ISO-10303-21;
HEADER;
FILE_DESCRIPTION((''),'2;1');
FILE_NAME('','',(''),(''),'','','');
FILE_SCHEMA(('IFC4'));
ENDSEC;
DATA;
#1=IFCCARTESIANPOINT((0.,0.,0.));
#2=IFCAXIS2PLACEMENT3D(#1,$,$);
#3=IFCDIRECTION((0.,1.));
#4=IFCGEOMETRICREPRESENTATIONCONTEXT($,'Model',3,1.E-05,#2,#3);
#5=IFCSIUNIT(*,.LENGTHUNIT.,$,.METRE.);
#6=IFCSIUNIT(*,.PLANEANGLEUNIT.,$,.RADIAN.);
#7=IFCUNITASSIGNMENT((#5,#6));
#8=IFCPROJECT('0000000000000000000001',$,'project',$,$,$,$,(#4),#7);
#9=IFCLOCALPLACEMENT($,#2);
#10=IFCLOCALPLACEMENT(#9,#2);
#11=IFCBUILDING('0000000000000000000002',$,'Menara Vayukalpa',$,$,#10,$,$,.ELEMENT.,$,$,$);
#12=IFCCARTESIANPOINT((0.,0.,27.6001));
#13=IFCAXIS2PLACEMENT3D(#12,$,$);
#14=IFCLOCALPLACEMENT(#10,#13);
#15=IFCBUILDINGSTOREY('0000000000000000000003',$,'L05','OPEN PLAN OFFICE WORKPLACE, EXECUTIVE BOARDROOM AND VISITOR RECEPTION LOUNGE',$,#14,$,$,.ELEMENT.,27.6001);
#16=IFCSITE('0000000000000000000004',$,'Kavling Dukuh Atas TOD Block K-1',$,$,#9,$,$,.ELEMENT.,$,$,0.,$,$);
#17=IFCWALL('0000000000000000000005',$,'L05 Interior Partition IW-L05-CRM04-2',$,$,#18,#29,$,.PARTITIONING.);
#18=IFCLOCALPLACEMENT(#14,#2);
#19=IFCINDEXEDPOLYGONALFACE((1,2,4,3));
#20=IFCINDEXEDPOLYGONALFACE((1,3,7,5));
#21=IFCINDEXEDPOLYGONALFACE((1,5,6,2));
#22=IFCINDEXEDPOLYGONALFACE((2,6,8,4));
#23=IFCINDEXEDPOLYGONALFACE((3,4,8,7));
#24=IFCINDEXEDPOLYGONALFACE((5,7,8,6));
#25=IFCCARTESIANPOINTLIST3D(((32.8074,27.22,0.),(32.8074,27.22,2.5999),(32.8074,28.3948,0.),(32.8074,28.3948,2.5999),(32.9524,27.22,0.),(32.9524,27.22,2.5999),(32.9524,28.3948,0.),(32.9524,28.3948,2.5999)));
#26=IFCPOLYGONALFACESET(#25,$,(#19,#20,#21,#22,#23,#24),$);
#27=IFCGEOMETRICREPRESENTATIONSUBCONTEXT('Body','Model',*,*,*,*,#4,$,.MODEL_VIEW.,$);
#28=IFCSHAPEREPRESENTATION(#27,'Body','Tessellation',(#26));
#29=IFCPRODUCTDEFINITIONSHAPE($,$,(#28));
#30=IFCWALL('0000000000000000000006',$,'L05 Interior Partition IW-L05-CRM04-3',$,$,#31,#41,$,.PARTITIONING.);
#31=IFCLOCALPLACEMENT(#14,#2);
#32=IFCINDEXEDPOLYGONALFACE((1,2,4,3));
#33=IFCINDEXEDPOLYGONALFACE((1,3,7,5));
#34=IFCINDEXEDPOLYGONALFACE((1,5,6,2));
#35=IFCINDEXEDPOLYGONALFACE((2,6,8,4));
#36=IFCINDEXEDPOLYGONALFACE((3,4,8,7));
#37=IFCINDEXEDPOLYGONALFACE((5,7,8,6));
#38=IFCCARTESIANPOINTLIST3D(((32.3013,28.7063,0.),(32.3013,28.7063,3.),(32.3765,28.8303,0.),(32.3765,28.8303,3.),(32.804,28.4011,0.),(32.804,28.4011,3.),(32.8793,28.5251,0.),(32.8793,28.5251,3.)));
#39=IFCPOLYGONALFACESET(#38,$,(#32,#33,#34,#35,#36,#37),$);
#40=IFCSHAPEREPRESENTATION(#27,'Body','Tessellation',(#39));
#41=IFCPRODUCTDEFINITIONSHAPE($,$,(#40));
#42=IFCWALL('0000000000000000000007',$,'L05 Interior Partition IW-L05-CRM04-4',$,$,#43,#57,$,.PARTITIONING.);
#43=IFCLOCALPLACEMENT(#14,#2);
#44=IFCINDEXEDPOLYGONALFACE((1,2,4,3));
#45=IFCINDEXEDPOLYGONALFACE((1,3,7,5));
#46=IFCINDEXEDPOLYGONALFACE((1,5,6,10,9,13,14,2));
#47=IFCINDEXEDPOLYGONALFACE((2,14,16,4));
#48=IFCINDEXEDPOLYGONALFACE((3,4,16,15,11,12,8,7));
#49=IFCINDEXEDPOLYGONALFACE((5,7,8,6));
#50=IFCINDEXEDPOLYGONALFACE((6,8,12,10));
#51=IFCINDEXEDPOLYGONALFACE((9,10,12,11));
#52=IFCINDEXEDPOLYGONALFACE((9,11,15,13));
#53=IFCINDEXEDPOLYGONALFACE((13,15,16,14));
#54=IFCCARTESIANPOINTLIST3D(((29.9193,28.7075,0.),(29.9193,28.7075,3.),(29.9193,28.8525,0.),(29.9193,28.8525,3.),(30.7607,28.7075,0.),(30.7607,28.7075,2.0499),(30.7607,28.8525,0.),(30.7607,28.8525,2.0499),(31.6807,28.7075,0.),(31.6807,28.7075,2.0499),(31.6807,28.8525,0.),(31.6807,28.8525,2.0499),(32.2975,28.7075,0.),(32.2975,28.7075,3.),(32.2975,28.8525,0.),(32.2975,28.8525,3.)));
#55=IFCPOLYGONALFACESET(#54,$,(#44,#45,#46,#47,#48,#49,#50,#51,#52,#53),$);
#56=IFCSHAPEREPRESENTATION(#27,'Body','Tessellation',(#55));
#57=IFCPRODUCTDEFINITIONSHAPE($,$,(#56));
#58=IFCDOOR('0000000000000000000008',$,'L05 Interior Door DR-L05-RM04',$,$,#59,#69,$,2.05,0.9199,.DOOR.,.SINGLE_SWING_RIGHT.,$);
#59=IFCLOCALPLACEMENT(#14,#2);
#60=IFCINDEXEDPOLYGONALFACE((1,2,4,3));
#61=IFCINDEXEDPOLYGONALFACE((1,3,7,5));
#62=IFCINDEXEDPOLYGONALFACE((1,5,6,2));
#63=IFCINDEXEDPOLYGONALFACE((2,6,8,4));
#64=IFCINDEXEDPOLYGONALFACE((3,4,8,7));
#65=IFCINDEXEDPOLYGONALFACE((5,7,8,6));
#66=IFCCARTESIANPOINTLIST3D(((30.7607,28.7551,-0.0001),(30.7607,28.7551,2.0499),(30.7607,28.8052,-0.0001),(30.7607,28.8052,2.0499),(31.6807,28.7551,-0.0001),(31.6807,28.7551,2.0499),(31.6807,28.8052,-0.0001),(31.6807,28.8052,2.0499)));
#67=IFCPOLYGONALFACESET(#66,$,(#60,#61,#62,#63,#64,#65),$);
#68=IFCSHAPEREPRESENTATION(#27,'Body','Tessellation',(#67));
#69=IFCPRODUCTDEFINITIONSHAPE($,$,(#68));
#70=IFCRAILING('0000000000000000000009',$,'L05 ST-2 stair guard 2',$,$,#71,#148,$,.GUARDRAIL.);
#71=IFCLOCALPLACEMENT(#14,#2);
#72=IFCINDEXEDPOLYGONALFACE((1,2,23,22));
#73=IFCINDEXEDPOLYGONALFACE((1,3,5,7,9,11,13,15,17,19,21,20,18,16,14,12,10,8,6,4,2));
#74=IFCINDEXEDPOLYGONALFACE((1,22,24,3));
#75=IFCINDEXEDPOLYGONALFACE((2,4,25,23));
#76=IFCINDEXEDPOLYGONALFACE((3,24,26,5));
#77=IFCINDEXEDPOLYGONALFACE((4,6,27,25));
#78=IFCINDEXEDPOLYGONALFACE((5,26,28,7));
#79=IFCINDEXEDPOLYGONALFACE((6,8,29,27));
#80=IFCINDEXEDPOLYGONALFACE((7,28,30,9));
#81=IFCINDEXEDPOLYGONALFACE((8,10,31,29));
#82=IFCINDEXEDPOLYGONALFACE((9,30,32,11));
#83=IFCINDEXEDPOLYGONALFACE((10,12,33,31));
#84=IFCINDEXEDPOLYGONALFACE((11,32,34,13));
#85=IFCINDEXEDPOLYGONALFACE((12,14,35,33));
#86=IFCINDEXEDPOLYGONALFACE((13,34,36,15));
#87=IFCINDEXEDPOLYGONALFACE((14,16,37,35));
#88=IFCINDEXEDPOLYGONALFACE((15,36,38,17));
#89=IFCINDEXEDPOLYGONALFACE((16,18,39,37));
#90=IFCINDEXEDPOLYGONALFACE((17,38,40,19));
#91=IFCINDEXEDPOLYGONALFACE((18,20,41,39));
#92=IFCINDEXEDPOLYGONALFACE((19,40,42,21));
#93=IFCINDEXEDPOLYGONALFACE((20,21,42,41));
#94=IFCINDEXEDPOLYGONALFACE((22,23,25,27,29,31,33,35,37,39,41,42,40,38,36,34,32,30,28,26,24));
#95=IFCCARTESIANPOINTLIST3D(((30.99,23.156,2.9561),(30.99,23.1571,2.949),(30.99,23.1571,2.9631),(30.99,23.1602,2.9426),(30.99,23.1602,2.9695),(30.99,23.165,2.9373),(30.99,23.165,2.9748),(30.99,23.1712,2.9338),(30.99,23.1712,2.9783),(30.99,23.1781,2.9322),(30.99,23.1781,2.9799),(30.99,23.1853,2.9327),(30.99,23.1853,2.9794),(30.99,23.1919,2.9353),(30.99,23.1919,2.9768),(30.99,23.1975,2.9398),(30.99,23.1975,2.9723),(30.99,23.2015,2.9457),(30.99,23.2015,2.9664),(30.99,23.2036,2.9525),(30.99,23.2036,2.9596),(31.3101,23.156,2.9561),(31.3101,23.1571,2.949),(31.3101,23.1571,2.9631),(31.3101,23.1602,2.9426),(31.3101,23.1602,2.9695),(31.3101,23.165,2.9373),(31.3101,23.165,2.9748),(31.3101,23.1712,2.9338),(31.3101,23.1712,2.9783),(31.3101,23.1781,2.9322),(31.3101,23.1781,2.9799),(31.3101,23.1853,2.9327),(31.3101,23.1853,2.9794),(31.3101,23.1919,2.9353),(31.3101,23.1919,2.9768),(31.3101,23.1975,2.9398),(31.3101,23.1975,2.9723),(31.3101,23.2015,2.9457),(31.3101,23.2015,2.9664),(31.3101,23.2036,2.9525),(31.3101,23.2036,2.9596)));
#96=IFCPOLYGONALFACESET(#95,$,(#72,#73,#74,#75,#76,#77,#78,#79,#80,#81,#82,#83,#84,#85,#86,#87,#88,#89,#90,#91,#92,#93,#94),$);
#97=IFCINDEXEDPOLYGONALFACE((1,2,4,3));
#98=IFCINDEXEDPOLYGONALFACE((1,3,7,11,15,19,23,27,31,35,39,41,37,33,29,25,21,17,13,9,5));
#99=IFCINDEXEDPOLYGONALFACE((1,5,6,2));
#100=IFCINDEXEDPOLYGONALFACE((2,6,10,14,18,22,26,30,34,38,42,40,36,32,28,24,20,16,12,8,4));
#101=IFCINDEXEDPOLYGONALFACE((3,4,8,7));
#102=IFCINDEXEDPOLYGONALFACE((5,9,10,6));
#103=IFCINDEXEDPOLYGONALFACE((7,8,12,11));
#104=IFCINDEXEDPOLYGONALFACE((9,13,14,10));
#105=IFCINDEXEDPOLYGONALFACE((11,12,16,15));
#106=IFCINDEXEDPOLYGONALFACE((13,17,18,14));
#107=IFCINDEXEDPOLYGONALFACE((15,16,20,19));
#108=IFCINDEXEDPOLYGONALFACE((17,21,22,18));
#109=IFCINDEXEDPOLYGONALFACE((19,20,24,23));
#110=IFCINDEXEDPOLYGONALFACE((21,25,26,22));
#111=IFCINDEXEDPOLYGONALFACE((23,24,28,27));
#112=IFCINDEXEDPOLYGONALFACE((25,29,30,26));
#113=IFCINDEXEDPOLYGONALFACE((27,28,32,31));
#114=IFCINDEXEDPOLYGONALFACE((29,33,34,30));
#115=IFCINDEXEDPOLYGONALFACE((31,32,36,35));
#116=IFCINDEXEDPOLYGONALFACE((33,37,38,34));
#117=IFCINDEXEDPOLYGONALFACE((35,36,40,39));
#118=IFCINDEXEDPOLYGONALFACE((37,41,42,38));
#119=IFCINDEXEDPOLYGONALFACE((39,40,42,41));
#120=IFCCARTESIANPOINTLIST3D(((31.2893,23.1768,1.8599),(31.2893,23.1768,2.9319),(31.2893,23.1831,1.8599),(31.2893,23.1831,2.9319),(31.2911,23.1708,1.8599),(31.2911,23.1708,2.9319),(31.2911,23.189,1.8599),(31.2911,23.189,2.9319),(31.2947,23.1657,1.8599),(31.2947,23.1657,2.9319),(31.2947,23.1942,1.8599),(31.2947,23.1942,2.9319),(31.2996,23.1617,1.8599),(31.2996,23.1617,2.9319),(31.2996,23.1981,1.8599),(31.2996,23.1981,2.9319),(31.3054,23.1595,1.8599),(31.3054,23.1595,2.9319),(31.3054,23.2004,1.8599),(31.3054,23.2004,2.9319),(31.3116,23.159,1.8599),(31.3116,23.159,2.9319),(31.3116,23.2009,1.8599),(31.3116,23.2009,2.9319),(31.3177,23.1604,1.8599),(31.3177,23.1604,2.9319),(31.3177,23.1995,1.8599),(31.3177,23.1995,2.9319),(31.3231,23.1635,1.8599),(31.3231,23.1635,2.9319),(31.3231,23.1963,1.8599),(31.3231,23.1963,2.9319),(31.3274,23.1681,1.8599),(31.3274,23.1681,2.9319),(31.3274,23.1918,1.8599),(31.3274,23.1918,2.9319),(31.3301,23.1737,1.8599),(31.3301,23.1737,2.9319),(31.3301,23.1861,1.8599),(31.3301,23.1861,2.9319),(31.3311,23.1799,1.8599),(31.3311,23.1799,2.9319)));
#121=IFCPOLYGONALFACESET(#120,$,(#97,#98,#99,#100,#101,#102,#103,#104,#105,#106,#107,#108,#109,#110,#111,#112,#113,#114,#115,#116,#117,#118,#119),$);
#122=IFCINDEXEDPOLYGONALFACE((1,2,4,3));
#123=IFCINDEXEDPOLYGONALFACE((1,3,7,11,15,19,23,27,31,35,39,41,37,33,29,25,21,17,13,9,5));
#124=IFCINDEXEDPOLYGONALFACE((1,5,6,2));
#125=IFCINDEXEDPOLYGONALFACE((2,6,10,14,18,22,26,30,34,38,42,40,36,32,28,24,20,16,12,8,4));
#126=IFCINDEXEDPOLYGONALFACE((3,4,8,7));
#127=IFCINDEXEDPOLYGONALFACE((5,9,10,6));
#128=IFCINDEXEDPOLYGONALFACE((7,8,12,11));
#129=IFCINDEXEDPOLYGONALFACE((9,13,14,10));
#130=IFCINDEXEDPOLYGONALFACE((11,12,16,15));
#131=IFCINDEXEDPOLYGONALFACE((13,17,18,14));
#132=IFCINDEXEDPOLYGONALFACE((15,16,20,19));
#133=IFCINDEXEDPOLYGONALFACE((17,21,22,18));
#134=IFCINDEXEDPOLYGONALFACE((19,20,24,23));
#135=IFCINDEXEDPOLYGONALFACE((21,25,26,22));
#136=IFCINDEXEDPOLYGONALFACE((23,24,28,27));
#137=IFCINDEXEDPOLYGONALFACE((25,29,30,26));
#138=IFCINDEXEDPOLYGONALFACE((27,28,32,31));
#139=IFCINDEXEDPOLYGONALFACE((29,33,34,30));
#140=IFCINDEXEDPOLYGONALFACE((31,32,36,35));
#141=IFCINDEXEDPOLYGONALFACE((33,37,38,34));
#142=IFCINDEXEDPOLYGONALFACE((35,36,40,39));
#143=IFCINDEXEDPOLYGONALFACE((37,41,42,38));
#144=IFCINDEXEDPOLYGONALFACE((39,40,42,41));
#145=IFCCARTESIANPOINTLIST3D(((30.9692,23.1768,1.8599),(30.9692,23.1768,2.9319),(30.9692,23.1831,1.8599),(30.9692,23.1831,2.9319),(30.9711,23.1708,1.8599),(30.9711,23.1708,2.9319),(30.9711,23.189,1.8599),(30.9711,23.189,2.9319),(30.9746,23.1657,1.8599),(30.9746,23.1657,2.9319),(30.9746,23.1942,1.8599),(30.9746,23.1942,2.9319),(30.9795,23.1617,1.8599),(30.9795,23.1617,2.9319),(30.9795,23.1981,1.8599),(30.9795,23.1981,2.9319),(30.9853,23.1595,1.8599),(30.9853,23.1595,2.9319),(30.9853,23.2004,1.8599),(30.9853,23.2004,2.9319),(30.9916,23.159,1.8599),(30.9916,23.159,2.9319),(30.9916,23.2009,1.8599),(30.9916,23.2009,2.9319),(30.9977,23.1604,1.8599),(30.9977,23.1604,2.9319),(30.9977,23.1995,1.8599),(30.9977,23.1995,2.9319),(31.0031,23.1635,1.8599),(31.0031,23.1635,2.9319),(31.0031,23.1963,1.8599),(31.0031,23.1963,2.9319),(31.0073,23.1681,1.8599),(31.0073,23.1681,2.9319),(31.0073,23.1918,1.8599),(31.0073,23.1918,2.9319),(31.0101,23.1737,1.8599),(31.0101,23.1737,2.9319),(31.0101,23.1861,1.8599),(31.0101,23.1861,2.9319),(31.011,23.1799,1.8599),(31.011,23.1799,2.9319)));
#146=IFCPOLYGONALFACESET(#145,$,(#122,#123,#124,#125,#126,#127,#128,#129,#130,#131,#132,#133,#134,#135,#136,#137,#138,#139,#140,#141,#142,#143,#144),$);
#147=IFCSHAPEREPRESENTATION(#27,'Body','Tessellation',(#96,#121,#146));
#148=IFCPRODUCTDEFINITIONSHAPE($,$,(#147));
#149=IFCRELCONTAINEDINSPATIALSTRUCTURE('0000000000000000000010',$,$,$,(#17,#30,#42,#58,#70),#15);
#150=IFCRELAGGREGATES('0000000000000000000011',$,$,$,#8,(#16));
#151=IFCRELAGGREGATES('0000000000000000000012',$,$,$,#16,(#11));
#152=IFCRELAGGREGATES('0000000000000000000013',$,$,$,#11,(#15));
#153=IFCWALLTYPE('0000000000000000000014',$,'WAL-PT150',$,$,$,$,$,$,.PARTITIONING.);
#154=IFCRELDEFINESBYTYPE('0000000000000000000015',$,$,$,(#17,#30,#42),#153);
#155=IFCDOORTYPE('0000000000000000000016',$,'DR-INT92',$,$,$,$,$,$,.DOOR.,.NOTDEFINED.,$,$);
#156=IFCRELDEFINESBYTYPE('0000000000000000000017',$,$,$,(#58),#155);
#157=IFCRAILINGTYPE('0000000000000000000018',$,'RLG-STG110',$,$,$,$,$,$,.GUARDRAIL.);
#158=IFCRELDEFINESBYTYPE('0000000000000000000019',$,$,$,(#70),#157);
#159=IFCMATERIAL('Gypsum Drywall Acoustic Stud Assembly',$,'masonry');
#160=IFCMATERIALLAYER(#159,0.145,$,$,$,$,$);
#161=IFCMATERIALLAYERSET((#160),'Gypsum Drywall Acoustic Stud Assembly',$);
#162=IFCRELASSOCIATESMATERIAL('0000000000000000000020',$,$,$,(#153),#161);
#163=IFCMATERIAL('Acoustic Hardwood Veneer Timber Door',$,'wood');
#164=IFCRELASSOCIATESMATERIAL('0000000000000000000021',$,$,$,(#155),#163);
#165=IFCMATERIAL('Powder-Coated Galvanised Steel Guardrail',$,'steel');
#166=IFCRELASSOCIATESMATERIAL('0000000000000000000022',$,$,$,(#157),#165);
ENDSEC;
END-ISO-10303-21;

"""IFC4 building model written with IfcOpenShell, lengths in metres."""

from ifc_helpers import new_model, si_unit, direction, frame, frame_2d, origin, origin_2d, place, context, subcontext, project, spatial, rectangle, circle, extrude, material, layer, layer_set, type_object, element, fill, save


model = new_model("IFC4")

# Units and contexts
model_context = context("Model", 3, precision=1e-05, world=origin(), true_north=direction((0.0, 1.0)))
body_context = subcontext(model_context, "Body", "Model", "MODEL_VIEW")
ifc_project = project(units=[si_unit("LENGTHUNIT", "METRE"), si_unit("PLANEANGLEUNIT", "RADIAN")], contexts=[model_context])

# Site, building, storey
site_placement = place(None, origin())
site = spatial("IfcSite", under=ifc_project, at=site_placement, Name="Kavling Dukuh Atas TOD Block K-1", CompositionType="ELEMENT", RefElevation=0.0)
building_placement = place(site_placement, origin())
building = spatial("IfcBuilding", under=site, at=building_placement, Name="Menara Vayukalpa", CompositionType="ELEMENT")
storey_placement = place(building_placement, frame((0.0, 0.0, 27.6001)))
storey = spatial("IfcBuildingStorey", under=building, at=storey_placement, Name="L05", Description="OPEN PLAN OFFICE WORKPLACE, EXECUTIVE BOARDROOM AND VISITOR RECEPTION LOUNGE", CompositionType="ELEMENT", Elevation=27.6001)

# Walls
ifc_material_1 = material(Name="Gypsum Drywall Acoustic Stud Assembly", Category="masonry")
ifc_layer_1 = layer(ifc_material_1, 0.145)
ifc_layer_set_1 = layer_set([ifc_layer_1], Name="Gypsum Drywall Acoustic Stud Assembly")
wall_type_1 = type_object("IfcWallType", Name="WAL-PT150", PredefinedType="PARTITIONING", material=ifc_layer_set_1)
wall_1_placement = place(storey_placement, frame((32.8799, 27.22, 0.0), z_axis=(0.0, 0.0, 1.0), x_axis=(0.0, 1.0, 0.0)))
element("IfcWall", 1, at=wall_1_placement, inside=storey, type_object=wall_type_1, Name="L05 Interior Partition IW-L05-CRM04-2", PredefinedType="PARTITIONING", context=body_context, shape_type="SweptSolid", body=[
    extrude(rectangle(XDim=1.1748, YDim=0.145, at=frame_2d((0.5874, 0.0))), origin(), (0.0, 0.0, 1.0), 2.5999),
])
wall_2_placement = place(storey_placement, frame((32.8416, 28.4631, 0.0), z_axis=(0.0, 0.0, 1.0), x_axis=(-0.854807, 0.518946, 0.0)))
element("IfcWall", 2, at=wall_2_placement, inside=storey, type_object=wall_type_1, Name="L05 Interior Partition IW-L05-CRM04-3", PredefinedType="PARTITIONING", context=body_context, shape_type="SweptSolid", body=[
    extrude(rectangle(XDim=0.5881, YDim=0.145, at=frame_2d((0.2939, 0.0))), origin(), (0.0, 0.0, 1.0), 3.0),
])

# Wall, opening, door
wall_3_placement = place(storey_placement, frame((32.2974, 28.78, 0.0), z_axis=(0.0, 0.0, 1.0), x_axis=(-1.0, 0.0, 0.0)))
wall_3 = element("IfcWall", 3, at=wall_3_placement, inside=storey, type_object=wall_type_1, Name="L05 Interior Partition IW-L05-CRM04-4", PredefinedType="PARTITIONING", context=body_context, shape_type="SweptSolid", body=[
    extrude(rectangle(XDim=2.3782, YDim=0.145, at=frame_2d((1.189, 0.0))), origin(), (0.0, 0.0, 1.0), 3.0),
])
opening_placement = place(wall_3_placement, frame((0.6167, 0.0, 0.0)))
opening = element("IfcOpeningElement", 4, at=opening_placement, cuts=wall_3, PredefinedType="OPENING", context=body_context, shape_type="SweptSolid", body=[
    extrude(rectangle(XDim=0.9199, YDim=2.05, at=frame_2d((0.46, 1.0249))), frame((0.0, 0.0825, 0.0), z_axis=(0.0, -1.0, 0.0), x_axis=(1.0, 0.0, 0.0)), (0.0, 0.0, 1.0), 0.165),
])
ifc_material_2 = material(Name="Acoustic Hardwood Veneer Timber Door", Category="wood")
door_type = type_object("IfcDoorType", Name="DR-INT92", OperationType="NOTDEFINED", PredefinedType="DOOR", material=ifc_material_2)
door_placement = place(opening_placement, origin())
door = element("IfcDoor", 5, at=door_placement, inside=storey, type_object=door_type, Name="L05 Interior Door DR-L05-RM04", OperationType="SINGLE_SWING_RIGHT", OverallHeight=2.05, OverallWidth=0.9199, PredefinedType="DOOR", context=body_context, shape_type="SweptSolid", body=[
    extrude(rectangle(XDim=0.9199, YDim=2.05, at=frame_2d((0.46, 1.0249))), frame((0.0, 0.0249, 0.0), z_axis=(0.0, -1.0, 0.0), x_axis=(1.0, 0.0, 0.0)), (0.0, 0.0, 1.0), 0.05),
])
fill(opening, door)

# Railing
ifc_material_3 = material(Name="Powder-Coated Galvanised Steel Guardrail", Category="steel")
railing_type = type_object("IfcRailingType", Name="RLG-STG110", PredefinedType="GUARDRAIL", material=ifc_material_3)
railing_1_placement = place(storey_placement, frame((31.3101, 23.1799, 1.8599)))
element("IfcRailing", 6, at=railing_1_placement, inside=storey, type_object=railing_type, Name="L05 ST-2 stair guard 2", PredefinedType="GUARDRAIL", context=body_context, shape_type="SweptSolid", body=[
    extrude(circle(Radius=0.0239, at=origin_2d()), frame((0.0, 0.0, 1.0962), z_axis=(-1.0, 0.0, 0.0), x_axis=(0.0, -1.0, 0.0)), (0.0, 0.0, 1.0), 0.3201),
    extrude(circle(Radius=0.021, at=origin_2d()), origin(), (0.0, 0.0, 1.0), 1.072),
    extrude(circle(Radius=0.021, at=origin_2d()), frame((-0.3201, 0.0, 0.0)), (0.0, 0.0, 1.0), 1.072),
])

save(model, "model.ifc")
